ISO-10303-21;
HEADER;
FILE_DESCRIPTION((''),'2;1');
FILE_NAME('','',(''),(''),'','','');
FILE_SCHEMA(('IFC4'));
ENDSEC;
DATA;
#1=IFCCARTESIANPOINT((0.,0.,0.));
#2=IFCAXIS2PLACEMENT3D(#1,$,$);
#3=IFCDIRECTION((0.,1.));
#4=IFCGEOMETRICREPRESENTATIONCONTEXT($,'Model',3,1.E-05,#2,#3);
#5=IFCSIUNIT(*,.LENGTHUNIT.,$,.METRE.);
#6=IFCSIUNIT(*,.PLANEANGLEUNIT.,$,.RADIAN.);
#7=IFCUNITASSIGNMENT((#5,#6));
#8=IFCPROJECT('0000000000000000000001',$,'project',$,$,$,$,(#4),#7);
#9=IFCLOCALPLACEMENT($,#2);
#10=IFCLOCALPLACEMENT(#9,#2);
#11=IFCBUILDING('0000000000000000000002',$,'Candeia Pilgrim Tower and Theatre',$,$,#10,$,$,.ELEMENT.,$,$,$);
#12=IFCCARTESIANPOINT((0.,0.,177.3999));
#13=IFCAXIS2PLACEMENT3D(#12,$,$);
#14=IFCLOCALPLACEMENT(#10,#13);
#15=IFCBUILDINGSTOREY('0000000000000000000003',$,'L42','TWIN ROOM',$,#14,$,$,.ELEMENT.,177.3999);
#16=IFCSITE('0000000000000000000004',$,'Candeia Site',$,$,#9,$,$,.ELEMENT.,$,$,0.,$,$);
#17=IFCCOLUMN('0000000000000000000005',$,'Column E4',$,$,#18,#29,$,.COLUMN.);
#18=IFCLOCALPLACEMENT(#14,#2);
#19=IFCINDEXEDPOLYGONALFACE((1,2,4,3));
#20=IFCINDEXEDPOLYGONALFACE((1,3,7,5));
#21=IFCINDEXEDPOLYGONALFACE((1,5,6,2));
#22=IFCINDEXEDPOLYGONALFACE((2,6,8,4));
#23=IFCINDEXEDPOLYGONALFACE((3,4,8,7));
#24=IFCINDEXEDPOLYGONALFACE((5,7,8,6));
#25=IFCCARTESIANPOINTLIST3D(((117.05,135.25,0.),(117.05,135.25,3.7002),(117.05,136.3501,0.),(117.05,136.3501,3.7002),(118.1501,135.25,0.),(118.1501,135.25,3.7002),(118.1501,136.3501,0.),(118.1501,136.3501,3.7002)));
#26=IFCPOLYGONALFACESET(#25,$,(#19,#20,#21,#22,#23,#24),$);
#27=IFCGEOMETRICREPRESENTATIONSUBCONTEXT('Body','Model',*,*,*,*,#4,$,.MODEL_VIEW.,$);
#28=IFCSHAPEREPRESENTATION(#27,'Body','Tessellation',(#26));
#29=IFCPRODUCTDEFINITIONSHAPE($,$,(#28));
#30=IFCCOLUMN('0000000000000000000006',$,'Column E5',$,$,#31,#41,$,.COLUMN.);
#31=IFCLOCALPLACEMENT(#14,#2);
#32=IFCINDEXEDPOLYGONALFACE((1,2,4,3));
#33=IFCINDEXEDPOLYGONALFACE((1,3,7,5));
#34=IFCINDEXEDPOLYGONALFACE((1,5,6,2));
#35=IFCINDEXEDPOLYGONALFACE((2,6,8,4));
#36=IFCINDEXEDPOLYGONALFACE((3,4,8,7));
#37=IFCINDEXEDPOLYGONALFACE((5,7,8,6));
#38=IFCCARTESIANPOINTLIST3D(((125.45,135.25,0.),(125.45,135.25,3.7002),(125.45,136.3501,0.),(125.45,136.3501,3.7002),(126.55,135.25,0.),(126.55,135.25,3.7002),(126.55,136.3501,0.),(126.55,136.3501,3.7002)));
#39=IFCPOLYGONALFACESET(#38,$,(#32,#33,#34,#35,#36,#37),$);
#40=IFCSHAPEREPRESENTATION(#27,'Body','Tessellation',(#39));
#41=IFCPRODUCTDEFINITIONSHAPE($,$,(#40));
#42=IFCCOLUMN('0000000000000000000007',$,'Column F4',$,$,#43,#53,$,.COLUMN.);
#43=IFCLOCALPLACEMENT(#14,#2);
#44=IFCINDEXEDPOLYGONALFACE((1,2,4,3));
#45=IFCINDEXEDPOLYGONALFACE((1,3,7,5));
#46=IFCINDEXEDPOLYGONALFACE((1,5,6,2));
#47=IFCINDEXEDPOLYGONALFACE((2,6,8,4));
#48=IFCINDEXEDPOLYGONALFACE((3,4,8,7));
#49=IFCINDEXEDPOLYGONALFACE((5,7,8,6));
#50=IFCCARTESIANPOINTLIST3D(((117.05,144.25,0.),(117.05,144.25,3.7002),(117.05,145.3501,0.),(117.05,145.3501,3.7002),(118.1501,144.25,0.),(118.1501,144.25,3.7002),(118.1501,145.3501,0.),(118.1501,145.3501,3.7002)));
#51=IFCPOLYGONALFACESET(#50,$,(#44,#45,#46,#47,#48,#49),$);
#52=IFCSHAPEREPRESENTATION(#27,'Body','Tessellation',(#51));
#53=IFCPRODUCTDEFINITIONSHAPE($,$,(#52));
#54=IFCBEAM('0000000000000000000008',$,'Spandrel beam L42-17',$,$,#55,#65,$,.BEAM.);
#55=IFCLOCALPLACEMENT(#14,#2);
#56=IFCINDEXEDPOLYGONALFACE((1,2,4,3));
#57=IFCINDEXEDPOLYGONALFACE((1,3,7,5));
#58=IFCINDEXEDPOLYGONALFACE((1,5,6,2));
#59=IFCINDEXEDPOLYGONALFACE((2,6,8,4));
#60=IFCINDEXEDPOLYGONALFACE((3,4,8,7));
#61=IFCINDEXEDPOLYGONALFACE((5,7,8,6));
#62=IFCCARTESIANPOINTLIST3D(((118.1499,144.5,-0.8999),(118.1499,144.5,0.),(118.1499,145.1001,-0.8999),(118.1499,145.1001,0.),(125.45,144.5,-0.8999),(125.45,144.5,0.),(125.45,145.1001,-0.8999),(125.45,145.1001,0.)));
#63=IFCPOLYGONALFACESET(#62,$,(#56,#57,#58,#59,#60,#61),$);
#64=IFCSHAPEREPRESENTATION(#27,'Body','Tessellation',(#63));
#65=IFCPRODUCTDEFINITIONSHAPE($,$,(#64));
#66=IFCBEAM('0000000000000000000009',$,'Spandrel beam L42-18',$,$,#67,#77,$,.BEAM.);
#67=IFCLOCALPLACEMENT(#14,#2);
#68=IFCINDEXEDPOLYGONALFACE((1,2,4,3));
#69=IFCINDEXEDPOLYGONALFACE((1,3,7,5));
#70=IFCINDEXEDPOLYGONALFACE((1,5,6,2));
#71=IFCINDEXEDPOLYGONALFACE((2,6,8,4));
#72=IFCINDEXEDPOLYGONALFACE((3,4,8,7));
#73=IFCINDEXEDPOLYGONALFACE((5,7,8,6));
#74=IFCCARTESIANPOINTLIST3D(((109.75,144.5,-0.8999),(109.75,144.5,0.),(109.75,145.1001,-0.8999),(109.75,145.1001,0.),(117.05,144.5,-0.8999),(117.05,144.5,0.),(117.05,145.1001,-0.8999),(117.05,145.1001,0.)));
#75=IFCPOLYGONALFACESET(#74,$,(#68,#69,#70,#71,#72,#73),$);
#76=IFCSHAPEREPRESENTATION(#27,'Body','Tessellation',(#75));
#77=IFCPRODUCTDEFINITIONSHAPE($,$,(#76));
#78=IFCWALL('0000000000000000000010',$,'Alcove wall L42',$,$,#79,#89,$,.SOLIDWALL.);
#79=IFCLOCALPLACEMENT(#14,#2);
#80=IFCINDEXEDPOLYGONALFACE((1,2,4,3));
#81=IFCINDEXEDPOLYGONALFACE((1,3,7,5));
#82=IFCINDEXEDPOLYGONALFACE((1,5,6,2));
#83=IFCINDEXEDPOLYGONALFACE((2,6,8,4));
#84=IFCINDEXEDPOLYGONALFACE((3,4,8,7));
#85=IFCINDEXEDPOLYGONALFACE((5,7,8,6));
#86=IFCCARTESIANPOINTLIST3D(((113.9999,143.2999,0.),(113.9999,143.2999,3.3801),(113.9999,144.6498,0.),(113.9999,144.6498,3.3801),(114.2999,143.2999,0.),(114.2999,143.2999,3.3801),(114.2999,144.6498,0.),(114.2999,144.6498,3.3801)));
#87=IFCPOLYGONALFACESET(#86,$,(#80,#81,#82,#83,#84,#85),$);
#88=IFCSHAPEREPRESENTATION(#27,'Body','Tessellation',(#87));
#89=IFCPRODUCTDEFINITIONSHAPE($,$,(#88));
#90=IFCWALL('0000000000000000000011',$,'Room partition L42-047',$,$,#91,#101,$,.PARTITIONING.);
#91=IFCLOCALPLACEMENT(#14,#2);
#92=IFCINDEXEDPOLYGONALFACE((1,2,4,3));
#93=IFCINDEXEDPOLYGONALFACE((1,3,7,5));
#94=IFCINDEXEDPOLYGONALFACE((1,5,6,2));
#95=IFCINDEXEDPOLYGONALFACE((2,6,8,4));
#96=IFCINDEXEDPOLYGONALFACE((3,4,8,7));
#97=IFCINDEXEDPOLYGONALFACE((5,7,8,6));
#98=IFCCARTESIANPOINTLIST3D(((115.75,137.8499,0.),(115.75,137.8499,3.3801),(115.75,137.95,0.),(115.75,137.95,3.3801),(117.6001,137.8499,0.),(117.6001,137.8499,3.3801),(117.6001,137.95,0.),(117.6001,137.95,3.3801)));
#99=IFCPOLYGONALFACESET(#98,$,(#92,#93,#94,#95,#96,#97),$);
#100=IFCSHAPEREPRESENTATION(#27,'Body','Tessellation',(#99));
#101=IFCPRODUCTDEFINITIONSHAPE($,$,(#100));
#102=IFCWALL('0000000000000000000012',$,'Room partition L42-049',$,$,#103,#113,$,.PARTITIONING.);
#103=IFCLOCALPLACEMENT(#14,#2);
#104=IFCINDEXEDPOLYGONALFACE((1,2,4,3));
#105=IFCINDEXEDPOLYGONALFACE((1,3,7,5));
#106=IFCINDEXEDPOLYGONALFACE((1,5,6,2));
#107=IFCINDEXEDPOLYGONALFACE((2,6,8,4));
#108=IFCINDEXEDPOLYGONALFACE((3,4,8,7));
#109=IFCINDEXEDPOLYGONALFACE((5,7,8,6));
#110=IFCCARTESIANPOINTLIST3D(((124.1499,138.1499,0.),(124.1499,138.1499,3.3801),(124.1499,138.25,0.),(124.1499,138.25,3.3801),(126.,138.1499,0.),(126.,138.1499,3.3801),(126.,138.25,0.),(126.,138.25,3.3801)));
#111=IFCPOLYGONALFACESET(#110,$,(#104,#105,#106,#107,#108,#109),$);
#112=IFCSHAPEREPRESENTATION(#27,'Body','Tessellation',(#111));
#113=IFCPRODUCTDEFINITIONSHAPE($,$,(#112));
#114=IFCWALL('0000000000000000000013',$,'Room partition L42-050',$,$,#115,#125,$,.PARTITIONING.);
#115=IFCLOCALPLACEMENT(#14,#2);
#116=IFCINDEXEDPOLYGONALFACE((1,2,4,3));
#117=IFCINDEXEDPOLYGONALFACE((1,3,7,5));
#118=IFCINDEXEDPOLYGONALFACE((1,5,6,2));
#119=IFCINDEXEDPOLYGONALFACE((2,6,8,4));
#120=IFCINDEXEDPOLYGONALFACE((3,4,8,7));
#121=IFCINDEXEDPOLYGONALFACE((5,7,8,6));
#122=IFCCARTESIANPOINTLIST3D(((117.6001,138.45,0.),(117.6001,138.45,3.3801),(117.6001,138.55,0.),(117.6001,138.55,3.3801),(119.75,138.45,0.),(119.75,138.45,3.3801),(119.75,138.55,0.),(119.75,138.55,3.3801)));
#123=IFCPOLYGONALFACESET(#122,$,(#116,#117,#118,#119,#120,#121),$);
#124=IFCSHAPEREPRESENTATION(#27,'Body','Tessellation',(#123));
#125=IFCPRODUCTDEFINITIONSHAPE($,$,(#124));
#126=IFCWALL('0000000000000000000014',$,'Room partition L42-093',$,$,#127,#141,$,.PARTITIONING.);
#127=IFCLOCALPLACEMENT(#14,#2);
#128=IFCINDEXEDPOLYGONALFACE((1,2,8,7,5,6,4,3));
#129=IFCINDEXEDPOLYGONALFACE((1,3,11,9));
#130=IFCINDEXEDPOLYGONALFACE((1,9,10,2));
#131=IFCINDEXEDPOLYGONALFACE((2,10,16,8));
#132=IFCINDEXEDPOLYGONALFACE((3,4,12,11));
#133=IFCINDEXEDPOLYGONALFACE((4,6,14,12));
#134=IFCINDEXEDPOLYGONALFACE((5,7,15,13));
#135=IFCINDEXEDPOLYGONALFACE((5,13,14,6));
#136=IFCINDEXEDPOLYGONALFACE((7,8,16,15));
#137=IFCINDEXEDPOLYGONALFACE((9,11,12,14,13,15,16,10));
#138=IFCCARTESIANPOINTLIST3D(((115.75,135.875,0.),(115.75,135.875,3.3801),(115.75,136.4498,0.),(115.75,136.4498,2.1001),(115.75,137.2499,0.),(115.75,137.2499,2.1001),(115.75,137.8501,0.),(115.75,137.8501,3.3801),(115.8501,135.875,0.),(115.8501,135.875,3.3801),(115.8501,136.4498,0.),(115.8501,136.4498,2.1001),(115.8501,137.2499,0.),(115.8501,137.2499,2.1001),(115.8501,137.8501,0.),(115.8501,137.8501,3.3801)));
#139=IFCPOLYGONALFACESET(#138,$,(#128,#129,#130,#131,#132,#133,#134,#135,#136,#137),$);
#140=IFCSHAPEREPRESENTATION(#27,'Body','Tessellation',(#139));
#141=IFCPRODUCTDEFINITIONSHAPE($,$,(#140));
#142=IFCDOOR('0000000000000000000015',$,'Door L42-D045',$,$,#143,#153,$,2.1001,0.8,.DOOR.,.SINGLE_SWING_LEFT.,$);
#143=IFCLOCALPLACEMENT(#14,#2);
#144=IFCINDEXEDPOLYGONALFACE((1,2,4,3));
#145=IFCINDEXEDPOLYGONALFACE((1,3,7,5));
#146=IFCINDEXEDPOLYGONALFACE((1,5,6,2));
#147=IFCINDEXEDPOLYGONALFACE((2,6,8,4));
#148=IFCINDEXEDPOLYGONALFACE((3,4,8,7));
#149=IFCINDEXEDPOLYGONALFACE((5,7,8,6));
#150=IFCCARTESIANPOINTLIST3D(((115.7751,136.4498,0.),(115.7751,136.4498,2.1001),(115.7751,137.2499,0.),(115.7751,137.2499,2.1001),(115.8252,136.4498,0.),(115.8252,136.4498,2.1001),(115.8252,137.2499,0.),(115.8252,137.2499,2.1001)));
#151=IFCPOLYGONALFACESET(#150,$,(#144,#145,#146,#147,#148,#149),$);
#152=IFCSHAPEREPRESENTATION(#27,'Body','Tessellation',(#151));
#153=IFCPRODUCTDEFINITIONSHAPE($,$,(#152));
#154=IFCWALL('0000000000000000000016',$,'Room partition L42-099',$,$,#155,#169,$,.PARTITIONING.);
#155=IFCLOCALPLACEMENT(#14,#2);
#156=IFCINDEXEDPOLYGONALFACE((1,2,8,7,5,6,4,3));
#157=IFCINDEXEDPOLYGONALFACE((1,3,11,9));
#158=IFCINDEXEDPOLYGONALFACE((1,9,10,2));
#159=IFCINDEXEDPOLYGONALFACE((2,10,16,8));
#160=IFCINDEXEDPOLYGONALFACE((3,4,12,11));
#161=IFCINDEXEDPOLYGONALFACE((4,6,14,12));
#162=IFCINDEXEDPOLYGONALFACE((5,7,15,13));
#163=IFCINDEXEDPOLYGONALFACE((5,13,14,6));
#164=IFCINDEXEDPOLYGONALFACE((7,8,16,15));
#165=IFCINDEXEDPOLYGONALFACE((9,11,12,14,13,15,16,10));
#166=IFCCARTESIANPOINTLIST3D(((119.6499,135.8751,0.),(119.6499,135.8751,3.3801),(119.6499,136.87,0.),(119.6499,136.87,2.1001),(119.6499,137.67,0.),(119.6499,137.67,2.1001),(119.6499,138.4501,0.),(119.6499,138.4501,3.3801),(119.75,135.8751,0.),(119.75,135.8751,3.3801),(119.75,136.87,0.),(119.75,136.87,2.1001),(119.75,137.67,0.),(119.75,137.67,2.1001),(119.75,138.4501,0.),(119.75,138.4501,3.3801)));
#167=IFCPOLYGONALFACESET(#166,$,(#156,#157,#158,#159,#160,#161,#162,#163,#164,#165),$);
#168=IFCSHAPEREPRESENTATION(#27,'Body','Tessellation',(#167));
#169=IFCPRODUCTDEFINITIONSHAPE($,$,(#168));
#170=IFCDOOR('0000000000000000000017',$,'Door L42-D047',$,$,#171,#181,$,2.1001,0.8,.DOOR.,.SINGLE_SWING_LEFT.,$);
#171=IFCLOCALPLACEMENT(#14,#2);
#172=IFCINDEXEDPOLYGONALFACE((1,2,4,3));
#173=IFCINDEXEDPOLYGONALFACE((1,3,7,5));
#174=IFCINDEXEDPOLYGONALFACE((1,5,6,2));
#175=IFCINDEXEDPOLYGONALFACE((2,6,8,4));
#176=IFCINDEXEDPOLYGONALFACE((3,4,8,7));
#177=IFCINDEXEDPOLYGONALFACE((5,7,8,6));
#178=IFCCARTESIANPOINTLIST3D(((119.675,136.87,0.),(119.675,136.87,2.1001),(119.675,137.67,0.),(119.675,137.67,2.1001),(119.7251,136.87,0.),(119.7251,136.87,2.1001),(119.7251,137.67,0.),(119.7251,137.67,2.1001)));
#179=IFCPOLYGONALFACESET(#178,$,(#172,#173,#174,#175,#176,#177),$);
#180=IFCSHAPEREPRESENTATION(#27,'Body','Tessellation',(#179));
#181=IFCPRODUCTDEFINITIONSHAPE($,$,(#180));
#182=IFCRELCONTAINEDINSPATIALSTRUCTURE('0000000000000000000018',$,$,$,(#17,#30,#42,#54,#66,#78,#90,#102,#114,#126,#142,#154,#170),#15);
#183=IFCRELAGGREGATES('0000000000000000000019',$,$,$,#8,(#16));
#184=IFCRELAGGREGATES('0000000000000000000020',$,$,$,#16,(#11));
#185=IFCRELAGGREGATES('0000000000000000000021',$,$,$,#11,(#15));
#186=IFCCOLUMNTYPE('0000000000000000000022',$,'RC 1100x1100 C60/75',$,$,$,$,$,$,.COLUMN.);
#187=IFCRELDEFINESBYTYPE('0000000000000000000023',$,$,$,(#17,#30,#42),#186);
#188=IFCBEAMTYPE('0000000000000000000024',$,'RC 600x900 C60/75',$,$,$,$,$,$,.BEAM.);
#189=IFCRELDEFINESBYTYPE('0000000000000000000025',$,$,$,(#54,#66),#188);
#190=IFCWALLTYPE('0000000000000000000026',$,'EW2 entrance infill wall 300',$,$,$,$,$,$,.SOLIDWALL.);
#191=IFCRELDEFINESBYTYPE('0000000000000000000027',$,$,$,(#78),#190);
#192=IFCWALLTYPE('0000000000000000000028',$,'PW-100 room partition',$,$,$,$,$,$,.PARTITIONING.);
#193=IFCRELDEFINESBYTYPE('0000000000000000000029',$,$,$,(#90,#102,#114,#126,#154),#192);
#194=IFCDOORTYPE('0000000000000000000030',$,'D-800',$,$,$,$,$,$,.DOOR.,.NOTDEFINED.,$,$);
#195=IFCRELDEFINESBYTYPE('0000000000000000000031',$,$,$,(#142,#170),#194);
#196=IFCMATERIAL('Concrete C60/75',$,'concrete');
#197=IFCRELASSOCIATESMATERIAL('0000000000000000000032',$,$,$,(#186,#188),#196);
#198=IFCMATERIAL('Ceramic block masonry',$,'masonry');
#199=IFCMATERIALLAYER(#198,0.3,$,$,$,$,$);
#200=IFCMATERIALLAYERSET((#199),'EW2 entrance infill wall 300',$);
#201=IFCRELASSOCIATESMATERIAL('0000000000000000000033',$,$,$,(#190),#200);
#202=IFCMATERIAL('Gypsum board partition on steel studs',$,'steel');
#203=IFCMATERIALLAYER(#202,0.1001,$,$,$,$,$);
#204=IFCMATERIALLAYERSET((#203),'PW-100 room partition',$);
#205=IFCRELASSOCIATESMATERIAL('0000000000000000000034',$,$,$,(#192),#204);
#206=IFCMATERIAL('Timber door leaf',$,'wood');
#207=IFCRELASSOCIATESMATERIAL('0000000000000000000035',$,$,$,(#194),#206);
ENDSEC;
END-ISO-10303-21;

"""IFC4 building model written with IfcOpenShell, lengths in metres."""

from ifc_helpers import new_model, si_unit, direction, frame, frame_2d, origin, origin_2d, place, context, subcontext, project, spatial, rectangle, extrude, material, layer, layer_set, material_profile, profile_set, type_object, element, fill, save


model = new_model("IFC4")

# Units and contexts
model_context = context("Model", 3, precision=1e-05, world=origin(), true_north=direction((0.0, 1.0)))
body_context = subcontext(model_context, "Body", "Model", "MODEL_VIEW")
ifc_project = project(units=[si_unit("LENGTHUNIT", "METRE"), si_unit("PLANEANGLEUNIT", "RADIAN")], contexts=[model_context])

# Site, building, storey
site_placement = place(None, origin())
site = spatial("IfcSite", under=ifc_project, at=site_placement, Name="Candeia Site", CompositionType="ELEMENT", RefElevation=0.0)
building_placement = place(site_placement, origin())
building = spatial("IfcBuilding", under=site, at=building_placement, Name="Candeia Pilgrim Tower and Theatre", CompositionType="ELEMENT")
storey_placement = place(building_placement, frame((0.0, 0.0, 177.3999)))
storey = spatial("IfcBuildingStorey", under=building, at=storey_placement, Name="L42", Description="TWIN ROOM", CompositionType="ELEMENT", Elevation=177.3999)

# Columns
ifc_material_1 = material(Name="Concrete C60/75", Category="concrete")
ifc_material_profile_1 = material_profile(ifc_material_1, rectangle(XDim=1.1001, YDim=1.1001, at=origin_2d()))
ifc_profile_set_1 = profile_set([ifc_material_profile_1], Name="Concrete C60/75")
column_type = type_object("IfcColumnType", Name="RC 1100x1100 C60/75", PredefinedType="COLUMN", material=ifc_profile_set_1)
for number, where, z_axis, x_axis, name in (
    (1, (117.6001, 135.8, 0.0), (0.0, 0.0, 1.0), (1.0, 0.0, 0.0), "Column E4"),
    (2, (126.0, 135.8, 0.0), (0.0, 0.0, 1.0), (1.0, 0.0, 0.0), "Column E5"),
    (3, (117.6001, 144.8, 0.0), (0.0, 0.0, 1.0), (1.0, 0.0, 0.0), "Column F4"),
):
    element("IfcColumn", number, at=place(storey_placement, frame(where, z_axis=z_axis, x_axis=x_axis)), inside=storey, type_object=column_type, Name=name, PredefinedType="COLUMN", context=body_context, shape_type="SweptSolid", body=[
        extrude(rectangle(XDim=1.1001, YDim=1.1001, at=origin_2d()), origin(), (0.0, 0.0, 1.0), 3.7002),
    ])

# Beams
ifc_material_profile_2 = material_profile(ifc_material_1, rectangle(XDim=0.6001, YDim=0.8999, at=origin_2d()))
ifc_profile_set_2 = profile_set([ifc_material_profile_2], Name="Concrete C60/75")
beam_type = type_object("IfcBeamType", Name="RC 600x900 C60/75", PredefinedType="BEAM", material=ifc_profile_set_2)
for number, where, z_axis, x_axis, name in (
    (4, (125.45, 144.8, -0.45), (-1.0, 0.0, 0.0), (0.0, -1.0, 0.0), "Spandrel beam L42-17"),
    (5, (117.05, 144.8, -0.45), (-1.0, 0.0, 0.0), (0.0, -1.0, 0.0), "Spandrel beam L42-18"),
):
    element("IfcBeam", number, at=place(storey_placement, frame(where, z_axis=z_axis, x_axis=x_axis)), inside=storey, type_object=beam_type, Name=name, PredefinedType="BEAM", context=body_context, shape_type="SweptSolid", body=[
        extrude(rectangle(XDim=0.6001, YDim=0.8999, at=origin_2d()), origin(), (0.0, 0.0, 1.0), 7.3),
    ])

# Wall
ifc_material_2 = material(Name="Ceramic block masonry", Category="masonry")
ifc_layer_1 = layer(ifc_material_2, 0.3)
ifc_layer_set_1 = layer_set([ifc_layer_1], Name="EW2 entrance infill wall 300")
wall_type_1 = type_object("IfcWallType", Name="EW2 entrance infill wall 300", PredefinedType="SOLIDWALL", material=ifc_layer_set_1)
wall_1_placement = place(storey_placement, frame((114.1499, 143.3, 0.0), z_axis=(0.0, 0.0, 1.0), x_axis=(0.0, 1.0, 0.0)))
element("IfcWall", 6, at=wall_1_placement, inside=storey, type_object=wall_type_1, Name="Alcove wall L42", PredefinedType="SOLIDWALL", context=body_context, shape_type="SweptSolid", body=[
    extrude(rectangle(XDim=1.3499, YDim=0.3, at=frame_2d((0.6748, 0.0))), origin(), (0.0, 0.0, 1.0), 3.3801),
])

# Walls
ifc_material_3 = material(Name="Gypsum board partition on steel studs", Category="steel")
ifc_layer_2 = layer(ifc_material_3, 0.1001)
ifc_layer_set_2 = layer_set([ifc_layer_2], Name="PW-100 room partition")
wall_type_2 = type_object("IfcWallType", Name="PW-100 room partition", PredefinedType="PARTITIONING", material=ifc_layer_set_2)
for number, where, z_axis, x_axis, name in (
    (7, (115.75, 137.8999, 0.0), (0.0, 0.0, 1.0), (1.0, 0.0, 0.0), "Room partition L42-047"),
    (8, (124.1499, 138.2, 0.0), (0.0, 0.0, 1.0), (1.0, 0.0, 0.0), "Room partition L42-049"),
):
    element("IfcWall", number, at=place(storey_placement, frame(where, z_axis=z_axis, x_axis=x_axis)), inside=storey, type_object=wall_type_2, Name=name, PredefinedType="PARTITIONING", context=body_context, shape_type="SweptSolid", body=[
        extrude(rectangle(XDim=1.8501, YDim=0.1001, at=frame_2d((0.925, 0.0))), origin(), (0.0, 0.0, 1.0), 3.3801),
    ])
wall_2_placement = place(storey_placement, frame((117.6001, 138.5, 0.0), z_axis=(0.0, 0.0, 1.0), x_axis=(1.0, 0.0, 0.0)))
element("IfcWall", 9, at=wall_2_placement, inside=storey, type_object=wall_type_2, Name="Room partition L42-050", PredefinedType="PARTITIONING", context=body_context, shape_type="SweptSolid", body=[
    extrude(rectangle(XDim=2.1499, YDim=0.1001, at=frame_2d((1.075, 0.0))), origin(), (0.0, 0.0, 1.0), 3.3801),
])

# Walls, openings, doors
wall_3_placement = place(storey_placement, frame((115.8, 135.875, 0.0), z_axis=(0.0, 0.0, 1.0), x_axis=(0.0, 1.0, 0.0)))
wall_3 = element("IfcWall", 10, at=wall_3_placement, inside=storey, type_object=wall_type_2, Name="Room partition L42-093", PredefinedType="PARTITIONING", context=body_context, shape_type="SweptSolid", body=[
    extrude(rectangle(XDim=1.9751, YDim=0.1001, at=frame_2d((0.9875, 0.0))), origin(), (0.0, 0.0, 1.0), 3.3801),
])
opening_1_placement = place(wall_3_placement, frame((0.575, 0.0, 0.0)))
opening_1 = element("IfcOpeningElement", 11, at=opening_1_placement, cuts=wall_3, PredefinedType="OPENING", context=body_context, shape_type="SweptSolid", body=[
    extrude(rectangle(XDim=0.8, YDim=2.1001, at=frame_2d((0.3999, 1.05))), frame((0.0, 0.0601, 0.0), z_axis=(0.0, -1.0, 0.0), x_axis=(1.0, 0.0, 0.0)), (0.0, 0.0, 1.0), 0.1201),
])
ifc_material_4 = material(Name="Timber door leaf", Category="wood")
door_type_1 = type_object("IfcDoorType", Name="D-800", OperationType="NOTDEFINED", PredefinedType="DOOR", material=ifc_material_4)
door_1_placement = place(opening_1_placement, origin())
door_1 = element("IfcDoor", 12, at=door_1_placement, inside=storey, type_object=door_type_1, Name="Door L42-D045", OperationType="SINGLE_SWING_LEFT", OverallHeight=2.1001, OverallWidth=0.8, PredefinedType="DOOR", context=body_context, shape_type="SweptSolid", body=[
    extrude(rectangle(XDim=0.8, YDim=2.1001, at=frame_2d((0.3999, 1.05))), frame((0.0, 0.0249, 0.0), z_axis=(0.0, -1.0, 0.0), x_axis=(1.0, 0.0, 0.0)), (0.0, 0.0, 1.0), 0.05),
])
fill(opening_1, door_1)
wall_4_placement = place(storey_placement, frame((119.7, 135.875, 0.0), z_axis=(0.0, 0.0, 1.0), x_axis=(0.0, 1.0, 0.0)))
wall_4 = element("IfcWall", 13, at=wall_4_placement, inside=storey, type_object=wall_type_2, Name="Room partition L42-099", PredefinedType="PARTITIONING", context=body_context, shape_type="SweptSolid", body=[
    extrude(rectangle(XDim=2.575, YDim=0.1001, at=frame_2d((1.2876, 0.0))), origin(), (0.0, 0.0, 1.0), 3.3801),
])
opening_2_placement = place(wall_4_placement, frame((0.9951, 0.0, 0.0)))
opening_2 = element("IfcOpeningElement", 14, at=opening_2_placement, cuts=wall_4, PredefinedType="OPENING", context=body_context, shape_type="SweptSolid", body=[
    extrude(rectangle(XDim=0.8, YDim=2.1001, at=frame_2d((0.3999, 1.05))), frame((0.0, 0.0601, 0.0), z_axis=(0.0, -1.0, 0.0), x_axis=(1.0, 0.0, 0.0)), (0.0, 0.0, 1.0), 0.1201),
])
door_2_placement = place(opening_2_placement, origin())
door_2 = element("IfcDoor", 15, at=door_2_placement, inside=storey, type_object=door_type_1, Name="Door L42-D047", OperationType="SINGLE_SWING_LEFT", OverallHeight=2.1001, OverallWidth=0.8, PredefinedType="DOOR", context=body_context, shape_type="SweptSolid", body=[
    extrude(rectangle(XDim=0.8, YDim=2.1001, at=frame_2d((0.3999, 1.05))), frame((0.0, 0.0249, 0.0), z_axis=(0.0, -1.0, 0.0), x_axis=(1.0, 0.0, 0.0)), (0.0, 0.0, 1.0), 0.05),
])
fill(opening_2, door_2)

save(model, "model.ifc")
